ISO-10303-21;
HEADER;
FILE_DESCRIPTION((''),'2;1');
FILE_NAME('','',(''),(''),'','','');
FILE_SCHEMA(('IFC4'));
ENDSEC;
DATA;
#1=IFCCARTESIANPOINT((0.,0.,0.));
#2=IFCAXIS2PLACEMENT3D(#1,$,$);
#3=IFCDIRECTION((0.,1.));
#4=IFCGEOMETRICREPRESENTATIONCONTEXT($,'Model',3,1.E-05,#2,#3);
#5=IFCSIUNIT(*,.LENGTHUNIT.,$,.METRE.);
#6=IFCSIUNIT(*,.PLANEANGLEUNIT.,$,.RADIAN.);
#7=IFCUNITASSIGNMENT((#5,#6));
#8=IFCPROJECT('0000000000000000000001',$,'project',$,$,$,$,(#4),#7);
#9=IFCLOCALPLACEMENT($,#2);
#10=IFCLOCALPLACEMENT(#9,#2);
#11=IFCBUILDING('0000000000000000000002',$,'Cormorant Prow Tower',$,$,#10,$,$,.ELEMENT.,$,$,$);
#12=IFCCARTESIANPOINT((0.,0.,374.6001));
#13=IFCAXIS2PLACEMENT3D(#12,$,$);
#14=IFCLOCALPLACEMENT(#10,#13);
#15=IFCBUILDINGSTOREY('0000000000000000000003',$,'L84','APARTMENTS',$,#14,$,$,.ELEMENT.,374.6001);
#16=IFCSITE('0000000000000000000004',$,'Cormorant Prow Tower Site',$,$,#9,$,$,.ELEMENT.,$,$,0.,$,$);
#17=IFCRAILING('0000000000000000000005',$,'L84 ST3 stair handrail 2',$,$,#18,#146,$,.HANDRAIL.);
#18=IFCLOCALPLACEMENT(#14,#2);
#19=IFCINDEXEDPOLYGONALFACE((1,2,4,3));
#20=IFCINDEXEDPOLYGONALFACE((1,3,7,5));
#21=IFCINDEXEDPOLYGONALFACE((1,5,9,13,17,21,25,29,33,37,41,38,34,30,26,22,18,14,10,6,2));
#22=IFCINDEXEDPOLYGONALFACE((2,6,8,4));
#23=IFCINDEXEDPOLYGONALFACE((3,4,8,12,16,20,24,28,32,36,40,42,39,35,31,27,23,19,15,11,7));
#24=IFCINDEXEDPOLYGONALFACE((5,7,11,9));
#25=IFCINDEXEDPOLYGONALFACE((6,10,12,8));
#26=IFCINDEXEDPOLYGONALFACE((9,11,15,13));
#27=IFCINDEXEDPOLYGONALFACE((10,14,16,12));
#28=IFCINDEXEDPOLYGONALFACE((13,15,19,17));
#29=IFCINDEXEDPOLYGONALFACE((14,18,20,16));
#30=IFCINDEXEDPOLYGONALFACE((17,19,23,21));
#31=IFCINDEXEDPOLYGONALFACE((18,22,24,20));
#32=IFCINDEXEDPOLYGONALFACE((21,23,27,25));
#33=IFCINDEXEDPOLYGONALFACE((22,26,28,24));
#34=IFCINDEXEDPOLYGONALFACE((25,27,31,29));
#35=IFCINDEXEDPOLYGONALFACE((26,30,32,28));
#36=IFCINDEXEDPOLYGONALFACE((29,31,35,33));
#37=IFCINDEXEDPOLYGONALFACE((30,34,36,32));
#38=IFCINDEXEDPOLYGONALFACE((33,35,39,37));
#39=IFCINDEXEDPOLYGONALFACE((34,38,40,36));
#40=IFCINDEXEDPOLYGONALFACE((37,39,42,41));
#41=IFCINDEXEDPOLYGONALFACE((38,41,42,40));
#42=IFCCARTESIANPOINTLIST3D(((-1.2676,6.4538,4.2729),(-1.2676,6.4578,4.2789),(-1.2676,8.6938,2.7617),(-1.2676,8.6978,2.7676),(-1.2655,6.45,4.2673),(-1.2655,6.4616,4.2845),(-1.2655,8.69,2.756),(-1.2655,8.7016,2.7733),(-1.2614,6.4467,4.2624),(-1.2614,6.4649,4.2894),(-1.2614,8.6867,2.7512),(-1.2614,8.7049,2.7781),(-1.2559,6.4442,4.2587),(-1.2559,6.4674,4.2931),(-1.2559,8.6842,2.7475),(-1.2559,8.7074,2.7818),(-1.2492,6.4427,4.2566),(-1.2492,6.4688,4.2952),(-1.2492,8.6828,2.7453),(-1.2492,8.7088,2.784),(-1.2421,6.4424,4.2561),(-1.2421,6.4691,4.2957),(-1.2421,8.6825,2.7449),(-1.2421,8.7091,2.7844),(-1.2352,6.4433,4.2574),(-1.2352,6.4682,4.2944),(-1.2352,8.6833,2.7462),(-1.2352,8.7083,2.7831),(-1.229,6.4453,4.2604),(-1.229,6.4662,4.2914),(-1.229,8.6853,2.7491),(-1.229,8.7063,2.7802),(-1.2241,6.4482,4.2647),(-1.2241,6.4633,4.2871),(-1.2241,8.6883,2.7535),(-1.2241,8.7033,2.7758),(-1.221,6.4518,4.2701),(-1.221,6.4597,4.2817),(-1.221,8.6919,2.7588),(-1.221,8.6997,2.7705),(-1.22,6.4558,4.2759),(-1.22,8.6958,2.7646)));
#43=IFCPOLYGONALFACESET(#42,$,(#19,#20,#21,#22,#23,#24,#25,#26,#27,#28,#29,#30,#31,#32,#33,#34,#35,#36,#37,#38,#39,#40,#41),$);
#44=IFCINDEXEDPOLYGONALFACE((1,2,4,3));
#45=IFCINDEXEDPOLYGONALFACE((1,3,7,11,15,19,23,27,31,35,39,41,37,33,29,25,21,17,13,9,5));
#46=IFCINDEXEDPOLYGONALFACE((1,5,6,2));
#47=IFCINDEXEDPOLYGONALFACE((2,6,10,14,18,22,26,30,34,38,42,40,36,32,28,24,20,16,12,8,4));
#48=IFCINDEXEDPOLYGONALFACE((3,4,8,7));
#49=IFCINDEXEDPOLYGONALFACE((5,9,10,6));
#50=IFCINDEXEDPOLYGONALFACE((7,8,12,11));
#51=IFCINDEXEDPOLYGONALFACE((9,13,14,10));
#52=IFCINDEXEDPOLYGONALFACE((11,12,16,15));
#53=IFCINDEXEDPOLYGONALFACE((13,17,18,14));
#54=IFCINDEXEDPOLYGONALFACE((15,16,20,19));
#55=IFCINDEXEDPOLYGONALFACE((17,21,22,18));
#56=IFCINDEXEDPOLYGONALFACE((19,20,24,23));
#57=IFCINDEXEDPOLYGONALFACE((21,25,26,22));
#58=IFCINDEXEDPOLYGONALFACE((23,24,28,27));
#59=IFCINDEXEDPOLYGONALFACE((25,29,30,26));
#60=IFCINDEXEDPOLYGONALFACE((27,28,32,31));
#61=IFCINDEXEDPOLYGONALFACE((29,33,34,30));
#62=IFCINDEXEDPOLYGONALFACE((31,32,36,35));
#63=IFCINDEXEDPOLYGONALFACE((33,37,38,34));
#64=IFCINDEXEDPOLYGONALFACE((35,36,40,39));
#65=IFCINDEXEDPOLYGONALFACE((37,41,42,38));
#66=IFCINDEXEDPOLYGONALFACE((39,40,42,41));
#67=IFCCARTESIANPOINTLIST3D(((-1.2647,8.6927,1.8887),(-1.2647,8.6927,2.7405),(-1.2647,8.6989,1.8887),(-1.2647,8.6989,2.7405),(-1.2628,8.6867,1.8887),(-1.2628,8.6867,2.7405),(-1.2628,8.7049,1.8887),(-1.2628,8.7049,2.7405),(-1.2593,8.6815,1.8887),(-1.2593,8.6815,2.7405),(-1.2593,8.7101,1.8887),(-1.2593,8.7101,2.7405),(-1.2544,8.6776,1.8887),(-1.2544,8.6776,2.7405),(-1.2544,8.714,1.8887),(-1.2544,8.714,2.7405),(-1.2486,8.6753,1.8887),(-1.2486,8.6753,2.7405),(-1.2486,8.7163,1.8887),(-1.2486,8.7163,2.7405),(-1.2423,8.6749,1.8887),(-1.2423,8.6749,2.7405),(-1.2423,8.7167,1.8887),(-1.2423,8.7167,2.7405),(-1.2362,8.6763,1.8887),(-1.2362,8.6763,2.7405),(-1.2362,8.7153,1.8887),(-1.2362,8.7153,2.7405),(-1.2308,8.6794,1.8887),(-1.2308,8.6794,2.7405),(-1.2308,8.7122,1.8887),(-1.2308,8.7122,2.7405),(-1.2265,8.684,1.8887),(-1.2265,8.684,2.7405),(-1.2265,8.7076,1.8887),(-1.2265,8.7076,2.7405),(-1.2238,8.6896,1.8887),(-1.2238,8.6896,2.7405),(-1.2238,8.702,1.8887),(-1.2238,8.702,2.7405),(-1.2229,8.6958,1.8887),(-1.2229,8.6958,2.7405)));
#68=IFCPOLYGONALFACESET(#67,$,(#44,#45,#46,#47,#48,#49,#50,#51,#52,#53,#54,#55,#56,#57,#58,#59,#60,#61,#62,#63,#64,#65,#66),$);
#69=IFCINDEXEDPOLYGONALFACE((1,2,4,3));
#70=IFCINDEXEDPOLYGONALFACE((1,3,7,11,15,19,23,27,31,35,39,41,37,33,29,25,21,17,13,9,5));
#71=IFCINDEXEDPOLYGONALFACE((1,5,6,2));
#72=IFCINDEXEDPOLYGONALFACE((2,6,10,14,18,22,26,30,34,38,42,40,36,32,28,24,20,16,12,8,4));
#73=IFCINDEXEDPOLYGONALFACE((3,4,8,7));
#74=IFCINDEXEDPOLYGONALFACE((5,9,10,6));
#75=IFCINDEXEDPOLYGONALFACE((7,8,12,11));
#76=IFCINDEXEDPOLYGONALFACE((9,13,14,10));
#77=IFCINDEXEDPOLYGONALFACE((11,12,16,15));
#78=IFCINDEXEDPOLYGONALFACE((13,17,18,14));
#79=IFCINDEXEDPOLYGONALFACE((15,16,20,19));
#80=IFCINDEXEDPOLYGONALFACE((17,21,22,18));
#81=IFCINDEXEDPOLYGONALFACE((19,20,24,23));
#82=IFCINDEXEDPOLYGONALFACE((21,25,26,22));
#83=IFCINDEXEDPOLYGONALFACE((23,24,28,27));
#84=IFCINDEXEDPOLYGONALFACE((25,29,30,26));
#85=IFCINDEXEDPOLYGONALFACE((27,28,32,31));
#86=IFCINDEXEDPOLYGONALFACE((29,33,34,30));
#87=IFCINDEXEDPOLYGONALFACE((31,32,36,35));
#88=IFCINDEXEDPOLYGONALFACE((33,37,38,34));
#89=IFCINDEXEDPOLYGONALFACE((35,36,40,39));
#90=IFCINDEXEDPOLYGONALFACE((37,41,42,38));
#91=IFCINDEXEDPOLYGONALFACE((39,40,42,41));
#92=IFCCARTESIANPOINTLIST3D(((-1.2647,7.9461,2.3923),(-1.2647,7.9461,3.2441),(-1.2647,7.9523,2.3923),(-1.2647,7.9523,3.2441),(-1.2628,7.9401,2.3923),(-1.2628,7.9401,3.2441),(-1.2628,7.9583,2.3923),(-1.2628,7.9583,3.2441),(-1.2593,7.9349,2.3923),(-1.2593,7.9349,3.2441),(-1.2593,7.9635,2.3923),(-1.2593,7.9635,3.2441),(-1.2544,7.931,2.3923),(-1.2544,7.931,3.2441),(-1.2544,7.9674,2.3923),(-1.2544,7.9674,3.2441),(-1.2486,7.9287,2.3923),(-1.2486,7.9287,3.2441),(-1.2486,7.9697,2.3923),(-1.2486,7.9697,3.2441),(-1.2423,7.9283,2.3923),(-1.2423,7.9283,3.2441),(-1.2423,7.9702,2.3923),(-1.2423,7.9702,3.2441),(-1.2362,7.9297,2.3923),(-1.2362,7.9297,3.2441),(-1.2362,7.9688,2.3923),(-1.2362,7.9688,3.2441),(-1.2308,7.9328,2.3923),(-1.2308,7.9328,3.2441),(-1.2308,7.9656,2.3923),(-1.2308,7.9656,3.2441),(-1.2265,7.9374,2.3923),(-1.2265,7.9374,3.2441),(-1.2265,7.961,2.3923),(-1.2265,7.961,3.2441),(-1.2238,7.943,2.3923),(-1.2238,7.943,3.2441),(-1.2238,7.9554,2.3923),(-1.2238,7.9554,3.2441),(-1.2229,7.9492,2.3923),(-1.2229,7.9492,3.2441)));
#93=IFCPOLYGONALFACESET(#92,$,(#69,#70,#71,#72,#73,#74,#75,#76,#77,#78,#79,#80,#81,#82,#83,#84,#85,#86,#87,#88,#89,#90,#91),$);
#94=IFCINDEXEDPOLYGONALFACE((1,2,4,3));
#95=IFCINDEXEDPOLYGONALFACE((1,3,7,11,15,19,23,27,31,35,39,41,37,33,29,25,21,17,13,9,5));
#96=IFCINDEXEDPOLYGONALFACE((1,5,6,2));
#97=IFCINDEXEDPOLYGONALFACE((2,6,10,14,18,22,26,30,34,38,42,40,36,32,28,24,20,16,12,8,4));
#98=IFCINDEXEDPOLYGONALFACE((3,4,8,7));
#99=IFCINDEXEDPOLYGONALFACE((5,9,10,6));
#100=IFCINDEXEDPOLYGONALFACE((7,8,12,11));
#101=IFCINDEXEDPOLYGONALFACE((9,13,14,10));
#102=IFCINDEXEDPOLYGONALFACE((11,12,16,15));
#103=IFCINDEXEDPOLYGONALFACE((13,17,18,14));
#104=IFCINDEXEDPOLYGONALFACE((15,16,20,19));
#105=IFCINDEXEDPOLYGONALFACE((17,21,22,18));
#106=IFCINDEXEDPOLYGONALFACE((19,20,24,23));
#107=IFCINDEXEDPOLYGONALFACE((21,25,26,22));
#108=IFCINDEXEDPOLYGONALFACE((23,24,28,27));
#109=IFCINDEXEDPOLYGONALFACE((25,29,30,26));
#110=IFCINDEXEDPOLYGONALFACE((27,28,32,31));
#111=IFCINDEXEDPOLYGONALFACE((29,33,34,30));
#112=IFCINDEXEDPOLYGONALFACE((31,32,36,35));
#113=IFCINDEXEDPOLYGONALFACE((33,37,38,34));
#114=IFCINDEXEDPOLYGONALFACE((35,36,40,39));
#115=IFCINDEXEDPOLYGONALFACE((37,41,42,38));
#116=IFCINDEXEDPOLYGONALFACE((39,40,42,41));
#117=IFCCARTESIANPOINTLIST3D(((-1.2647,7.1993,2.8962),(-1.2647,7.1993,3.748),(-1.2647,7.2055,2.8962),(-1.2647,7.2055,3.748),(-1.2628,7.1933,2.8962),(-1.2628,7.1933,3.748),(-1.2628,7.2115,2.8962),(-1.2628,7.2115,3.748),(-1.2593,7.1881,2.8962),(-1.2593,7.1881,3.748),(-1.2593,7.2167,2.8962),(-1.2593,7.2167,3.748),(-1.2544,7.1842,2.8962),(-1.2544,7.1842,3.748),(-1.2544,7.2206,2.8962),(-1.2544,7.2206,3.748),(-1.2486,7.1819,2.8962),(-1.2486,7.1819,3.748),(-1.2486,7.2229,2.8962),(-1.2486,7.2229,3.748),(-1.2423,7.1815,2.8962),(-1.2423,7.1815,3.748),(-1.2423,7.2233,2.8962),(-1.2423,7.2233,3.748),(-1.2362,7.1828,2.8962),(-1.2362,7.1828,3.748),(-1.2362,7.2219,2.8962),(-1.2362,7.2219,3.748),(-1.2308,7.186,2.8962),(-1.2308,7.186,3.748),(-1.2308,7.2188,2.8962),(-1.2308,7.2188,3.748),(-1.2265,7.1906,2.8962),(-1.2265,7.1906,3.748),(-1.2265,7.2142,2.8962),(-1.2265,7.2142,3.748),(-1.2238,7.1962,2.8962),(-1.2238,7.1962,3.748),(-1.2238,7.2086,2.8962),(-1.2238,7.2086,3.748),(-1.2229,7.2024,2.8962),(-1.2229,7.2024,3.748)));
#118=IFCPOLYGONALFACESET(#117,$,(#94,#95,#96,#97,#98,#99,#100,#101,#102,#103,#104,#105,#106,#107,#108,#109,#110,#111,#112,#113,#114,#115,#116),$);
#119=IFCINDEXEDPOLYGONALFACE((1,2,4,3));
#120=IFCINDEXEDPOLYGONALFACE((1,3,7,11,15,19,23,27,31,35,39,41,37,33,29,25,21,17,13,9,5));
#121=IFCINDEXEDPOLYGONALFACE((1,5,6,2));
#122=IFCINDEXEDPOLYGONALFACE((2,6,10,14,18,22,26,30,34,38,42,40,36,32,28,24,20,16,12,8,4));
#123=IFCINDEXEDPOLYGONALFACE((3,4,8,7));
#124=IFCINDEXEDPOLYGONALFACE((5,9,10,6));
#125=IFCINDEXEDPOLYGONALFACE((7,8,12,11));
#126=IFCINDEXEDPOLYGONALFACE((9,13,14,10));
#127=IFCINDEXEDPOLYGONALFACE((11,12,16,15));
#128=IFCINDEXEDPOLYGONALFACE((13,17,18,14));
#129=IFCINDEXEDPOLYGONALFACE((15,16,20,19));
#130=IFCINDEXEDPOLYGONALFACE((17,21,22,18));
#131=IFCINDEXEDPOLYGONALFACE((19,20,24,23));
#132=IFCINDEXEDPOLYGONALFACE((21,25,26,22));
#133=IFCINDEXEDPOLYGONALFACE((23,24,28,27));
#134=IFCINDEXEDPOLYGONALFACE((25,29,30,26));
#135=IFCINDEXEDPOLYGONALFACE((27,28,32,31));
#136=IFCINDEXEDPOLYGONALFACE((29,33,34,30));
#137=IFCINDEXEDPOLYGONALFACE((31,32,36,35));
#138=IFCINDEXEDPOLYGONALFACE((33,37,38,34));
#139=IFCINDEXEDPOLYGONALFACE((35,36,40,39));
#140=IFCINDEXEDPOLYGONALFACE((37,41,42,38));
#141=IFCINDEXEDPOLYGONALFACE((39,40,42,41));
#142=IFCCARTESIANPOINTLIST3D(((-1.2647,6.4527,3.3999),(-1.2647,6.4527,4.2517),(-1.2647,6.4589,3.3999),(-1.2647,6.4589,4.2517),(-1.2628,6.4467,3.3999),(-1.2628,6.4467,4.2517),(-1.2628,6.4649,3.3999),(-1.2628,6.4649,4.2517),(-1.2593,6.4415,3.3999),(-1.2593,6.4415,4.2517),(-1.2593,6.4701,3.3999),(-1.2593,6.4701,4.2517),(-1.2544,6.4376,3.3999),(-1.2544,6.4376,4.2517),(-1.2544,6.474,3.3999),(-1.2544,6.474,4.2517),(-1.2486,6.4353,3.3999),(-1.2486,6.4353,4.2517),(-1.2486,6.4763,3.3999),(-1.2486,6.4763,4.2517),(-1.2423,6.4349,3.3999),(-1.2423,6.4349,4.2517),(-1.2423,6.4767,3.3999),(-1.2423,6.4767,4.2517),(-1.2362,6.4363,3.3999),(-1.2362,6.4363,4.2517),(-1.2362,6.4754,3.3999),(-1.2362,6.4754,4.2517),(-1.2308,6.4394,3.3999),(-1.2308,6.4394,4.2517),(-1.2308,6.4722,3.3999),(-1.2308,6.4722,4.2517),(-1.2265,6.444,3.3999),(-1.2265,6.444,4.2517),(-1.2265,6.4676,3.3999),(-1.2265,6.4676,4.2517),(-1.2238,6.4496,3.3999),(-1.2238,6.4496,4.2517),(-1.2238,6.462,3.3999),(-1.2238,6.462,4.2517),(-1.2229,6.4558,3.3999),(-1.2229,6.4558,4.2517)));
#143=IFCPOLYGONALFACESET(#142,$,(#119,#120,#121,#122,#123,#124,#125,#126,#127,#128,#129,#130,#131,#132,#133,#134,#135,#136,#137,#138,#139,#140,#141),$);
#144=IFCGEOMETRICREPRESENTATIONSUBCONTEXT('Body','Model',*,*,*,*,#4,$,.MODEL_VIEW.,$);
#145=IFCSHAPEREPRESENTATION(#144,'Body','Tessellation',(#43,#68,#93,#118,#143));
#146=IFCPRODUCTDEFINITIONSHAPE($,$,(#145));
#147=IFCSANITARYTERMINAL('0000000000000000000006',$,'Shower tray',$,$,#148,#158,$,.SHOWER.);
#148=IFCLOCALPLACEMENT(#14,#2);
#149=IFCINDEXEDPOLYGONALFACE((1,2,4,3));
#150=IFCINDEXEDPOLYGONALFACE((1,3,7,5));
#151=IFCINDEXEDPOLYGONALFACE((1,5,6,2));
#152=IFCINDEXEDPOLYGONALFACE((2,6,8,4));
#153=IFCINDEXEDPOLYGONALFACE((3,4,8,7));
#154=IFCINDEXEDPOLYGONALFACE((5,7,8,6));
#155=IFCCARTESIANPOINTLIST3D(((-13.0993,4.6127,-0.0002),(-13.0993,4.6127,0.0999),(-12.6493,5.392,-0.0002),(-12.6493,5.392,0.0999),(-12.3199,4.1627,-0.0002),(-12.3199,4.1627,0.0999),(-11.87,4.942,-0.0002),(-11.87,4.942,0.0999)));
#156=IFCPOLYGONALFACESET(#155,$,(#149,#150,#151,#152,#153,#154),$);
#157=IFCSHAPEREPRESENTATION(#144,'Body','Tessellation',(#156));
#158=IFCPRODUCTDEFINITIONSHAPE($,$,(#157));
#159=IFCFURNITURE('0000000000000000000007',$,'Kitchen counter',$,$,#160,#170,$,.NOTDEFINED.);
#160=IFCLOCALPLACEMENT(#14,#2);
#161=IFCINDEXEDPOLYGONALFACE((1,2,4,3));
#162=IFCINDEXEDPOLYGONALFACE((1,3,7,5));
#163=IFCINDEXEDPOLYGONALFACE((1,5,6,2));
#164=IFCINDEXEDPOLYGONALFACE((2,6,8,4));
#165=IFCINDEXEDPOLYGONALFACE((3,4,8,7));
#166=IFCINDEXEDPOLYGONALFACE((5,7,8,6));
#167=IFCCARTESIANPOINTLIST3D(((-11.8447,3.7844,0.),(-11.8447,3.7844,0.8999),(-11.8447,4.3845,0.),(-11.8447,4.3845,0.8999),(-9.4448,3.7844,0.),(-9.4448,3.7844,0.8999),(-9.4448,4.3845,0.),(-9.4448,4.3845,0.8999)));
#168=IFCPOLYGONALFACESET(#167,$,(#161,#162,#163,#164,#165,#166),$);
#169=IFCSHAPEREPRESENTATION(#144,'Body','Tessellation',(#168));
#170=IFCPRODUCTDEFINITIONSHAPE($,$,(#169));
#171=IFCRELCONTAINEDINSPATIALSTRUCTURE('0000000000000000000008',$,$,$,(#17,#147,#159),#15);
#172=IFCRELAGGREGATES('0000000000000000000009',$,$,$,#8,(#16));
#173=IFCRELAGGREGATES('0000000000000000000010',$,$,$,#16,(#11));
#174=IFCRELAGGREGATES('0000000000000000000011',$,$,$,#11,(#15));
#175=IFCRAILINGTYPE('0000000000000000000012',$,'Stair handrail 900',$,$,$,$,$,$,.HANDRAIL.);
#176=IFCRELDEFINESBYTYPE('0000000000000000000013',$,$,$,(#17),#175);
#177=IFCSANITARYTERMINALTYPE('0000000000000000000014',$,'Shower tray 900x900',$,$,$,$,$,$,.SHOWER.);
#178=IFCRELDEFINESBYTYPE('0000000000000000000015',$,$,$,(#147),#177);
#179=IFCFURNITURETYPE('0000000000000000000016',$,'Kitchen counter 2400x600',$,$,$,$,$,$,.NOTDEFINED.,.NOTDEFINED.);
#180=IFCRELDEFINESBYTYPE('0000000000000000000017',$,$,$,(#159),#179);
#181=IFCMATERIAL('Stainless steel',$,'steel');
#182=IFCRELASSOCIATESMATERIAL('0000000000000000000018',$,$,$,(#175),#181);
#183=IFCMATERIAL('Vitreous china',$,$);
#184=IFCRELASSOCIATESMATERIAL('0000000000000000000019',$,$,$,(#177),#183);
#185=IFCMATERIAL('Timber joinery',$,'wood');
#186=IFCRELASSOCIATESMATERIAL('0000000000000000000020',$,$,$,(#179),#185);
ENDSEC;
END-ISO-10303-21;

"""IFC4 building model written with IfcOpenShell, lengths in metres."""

from ifc_helpers import new_model, si_unit, direction, frame, origin, origin_2d, place, context, subcontext, project, spatial, rectangle, circle, extrude, material, type_object, element, save


model = new_model("IFC4")

# Units and contexts
model_context = context("Model", 3, precision=1e-05, world=origin(), true_north=direction((0.0, 1.0)))
body_context = subcontext(model_context, "Body", "Model", "MODEL_VIEW")
ifc_project = project(units=[si_unit("LENGTHUNIT", "METRE"), si_unit("PLANEANGLEUNIT", "RADIAN")], contexts=[model_context])

# Site, building, storey
site_placement = place(None, origin())
site = spatial("IfcSite", under=ifc_project, at=site_placement, Name="Cormorant Prow Tower Site", CompositionType="ELEMENT", RefElevation=0.0)
building_placement = place(site_placement, origin())
building = spatial("IfcBuilding", under=site, at=building_placement, Name="Cormorant Prow Tower", CompositionType="ELEMENT")
storey_placement = place(building_placement, frame((0.0, 0.0, 374.6001)))
storey = spatial("IfcBuildingStorey", under=building, at=storey_placement, Name="L84", Description="APARTMENTS", CompositionType="ELEMENT", Elevation=374.6001)

# Railing
ifc_material_1 = material(Name="Stainless steel", Category="steel")
railing_type = type_object("IfcRailingType", Name="Stair handrail 900", PredefinedType="HANDRAIL", material=ifc_material_1)
railing_placement = place(storey_placement, frame((-1.2439, 8.6958, 1.8887)))
element("IfcRailing", 1, at=railing_placement, inside=storey, type_object=railing_type, Name="L84 ST3 stair handrail 2", PredefinedType="HANDRAIL", context=body_context, shape_type="SweptSolid", body=[
    extrude(circle(Radius=0.0239, at=origin_2d()), frame((0.0, 0.0, 0.876), z_axis=(0.0, -0.82898, 0.559279), x_axis=(1.0, 0.0, 0.0)), (0.0, 0.0, 1.0), 2.7021),
    extrude(circle(Radius=0.021, at=origin_2d()), origin(), (0.0, 0.0, 1.0), 0.8518),
    extrude(circle(Radius=0.021, at=origin_2d()), frame((0.0, -0.7466, 0.5037)), (0.0, 0.0, 1.0), 0.8518),
    extrude(circle(Radius=0.021, at=origin_2d()), frame((0.0, -1.4934, 1.0076)), (0.0, 0.0, 1.0), 0.8518),
    extrude(circle(Radius=0.021, at=origin_2d()), frame((0.0, -2.24, 1.5112)), (0.0, 0.0, 1.0), 0.8518),
])

# Sanitary terminal
ifc_material_2 = material(Name="Vitreous china")
sanitary_terminal_type = type_object("IfcSanitaryTerminalType", Name="Shower tray 900x900", PredefinedType="SHOWER", material=ifc_material_2)
sanitary_terminal_placement = place(storey_placement, frame((-12.4846, 4.7773, -0.0002), z_axis=(0.0, 0.0, 1.0), x_axis=(-0.866025, 0.5, 0.0)))
element("IfcSanitaryTerminal", 2, at=sanitary_terminal_placement, inside=storey, type_object=sanitary_terminal_type, Name="Shower tray", PredefinedType="SHOWER", context=body_context, shape_type="SweptSolid", body=[
    extrude(rectangle(XDim=0.8999, YDim=0.8999, at=origin_2d()), origin(), (0.0, 0.0, 1.0), 0.1001),
])

# Furniture
ifc_material_3 = material(Name="Timber joinery", Category="wood")
furniture_type = type_object("IfcFurnitureType", Name="Kitchen counter 2400x600", AssemblyPlace="NOTDEFINED", PredefinedType="NOTDEFINED", material=ifc_material_3)
furniture_placement = place(storey_placement, frame((-10.6448, 4.0845, 0.0), z_axis=(0.0, 0.0, 1.0), x_axis=(1.0, 0.0, 0.0)))
element("IfcFurniture", 3, at=furniture_placement, inside=storey, type_object=furniture_type, Name="Kitchen counter", PredefinedType="NOTDEFINED", context=body_context, shape_type="SweptSolid", body=[
    extrude(rectangle(XDim=2.3999, YDim=0.6001, at=origin_2d()), origin(), (0.0, 0.0, 1.0), 0.8999),
])

save(model, "model.ifc")
